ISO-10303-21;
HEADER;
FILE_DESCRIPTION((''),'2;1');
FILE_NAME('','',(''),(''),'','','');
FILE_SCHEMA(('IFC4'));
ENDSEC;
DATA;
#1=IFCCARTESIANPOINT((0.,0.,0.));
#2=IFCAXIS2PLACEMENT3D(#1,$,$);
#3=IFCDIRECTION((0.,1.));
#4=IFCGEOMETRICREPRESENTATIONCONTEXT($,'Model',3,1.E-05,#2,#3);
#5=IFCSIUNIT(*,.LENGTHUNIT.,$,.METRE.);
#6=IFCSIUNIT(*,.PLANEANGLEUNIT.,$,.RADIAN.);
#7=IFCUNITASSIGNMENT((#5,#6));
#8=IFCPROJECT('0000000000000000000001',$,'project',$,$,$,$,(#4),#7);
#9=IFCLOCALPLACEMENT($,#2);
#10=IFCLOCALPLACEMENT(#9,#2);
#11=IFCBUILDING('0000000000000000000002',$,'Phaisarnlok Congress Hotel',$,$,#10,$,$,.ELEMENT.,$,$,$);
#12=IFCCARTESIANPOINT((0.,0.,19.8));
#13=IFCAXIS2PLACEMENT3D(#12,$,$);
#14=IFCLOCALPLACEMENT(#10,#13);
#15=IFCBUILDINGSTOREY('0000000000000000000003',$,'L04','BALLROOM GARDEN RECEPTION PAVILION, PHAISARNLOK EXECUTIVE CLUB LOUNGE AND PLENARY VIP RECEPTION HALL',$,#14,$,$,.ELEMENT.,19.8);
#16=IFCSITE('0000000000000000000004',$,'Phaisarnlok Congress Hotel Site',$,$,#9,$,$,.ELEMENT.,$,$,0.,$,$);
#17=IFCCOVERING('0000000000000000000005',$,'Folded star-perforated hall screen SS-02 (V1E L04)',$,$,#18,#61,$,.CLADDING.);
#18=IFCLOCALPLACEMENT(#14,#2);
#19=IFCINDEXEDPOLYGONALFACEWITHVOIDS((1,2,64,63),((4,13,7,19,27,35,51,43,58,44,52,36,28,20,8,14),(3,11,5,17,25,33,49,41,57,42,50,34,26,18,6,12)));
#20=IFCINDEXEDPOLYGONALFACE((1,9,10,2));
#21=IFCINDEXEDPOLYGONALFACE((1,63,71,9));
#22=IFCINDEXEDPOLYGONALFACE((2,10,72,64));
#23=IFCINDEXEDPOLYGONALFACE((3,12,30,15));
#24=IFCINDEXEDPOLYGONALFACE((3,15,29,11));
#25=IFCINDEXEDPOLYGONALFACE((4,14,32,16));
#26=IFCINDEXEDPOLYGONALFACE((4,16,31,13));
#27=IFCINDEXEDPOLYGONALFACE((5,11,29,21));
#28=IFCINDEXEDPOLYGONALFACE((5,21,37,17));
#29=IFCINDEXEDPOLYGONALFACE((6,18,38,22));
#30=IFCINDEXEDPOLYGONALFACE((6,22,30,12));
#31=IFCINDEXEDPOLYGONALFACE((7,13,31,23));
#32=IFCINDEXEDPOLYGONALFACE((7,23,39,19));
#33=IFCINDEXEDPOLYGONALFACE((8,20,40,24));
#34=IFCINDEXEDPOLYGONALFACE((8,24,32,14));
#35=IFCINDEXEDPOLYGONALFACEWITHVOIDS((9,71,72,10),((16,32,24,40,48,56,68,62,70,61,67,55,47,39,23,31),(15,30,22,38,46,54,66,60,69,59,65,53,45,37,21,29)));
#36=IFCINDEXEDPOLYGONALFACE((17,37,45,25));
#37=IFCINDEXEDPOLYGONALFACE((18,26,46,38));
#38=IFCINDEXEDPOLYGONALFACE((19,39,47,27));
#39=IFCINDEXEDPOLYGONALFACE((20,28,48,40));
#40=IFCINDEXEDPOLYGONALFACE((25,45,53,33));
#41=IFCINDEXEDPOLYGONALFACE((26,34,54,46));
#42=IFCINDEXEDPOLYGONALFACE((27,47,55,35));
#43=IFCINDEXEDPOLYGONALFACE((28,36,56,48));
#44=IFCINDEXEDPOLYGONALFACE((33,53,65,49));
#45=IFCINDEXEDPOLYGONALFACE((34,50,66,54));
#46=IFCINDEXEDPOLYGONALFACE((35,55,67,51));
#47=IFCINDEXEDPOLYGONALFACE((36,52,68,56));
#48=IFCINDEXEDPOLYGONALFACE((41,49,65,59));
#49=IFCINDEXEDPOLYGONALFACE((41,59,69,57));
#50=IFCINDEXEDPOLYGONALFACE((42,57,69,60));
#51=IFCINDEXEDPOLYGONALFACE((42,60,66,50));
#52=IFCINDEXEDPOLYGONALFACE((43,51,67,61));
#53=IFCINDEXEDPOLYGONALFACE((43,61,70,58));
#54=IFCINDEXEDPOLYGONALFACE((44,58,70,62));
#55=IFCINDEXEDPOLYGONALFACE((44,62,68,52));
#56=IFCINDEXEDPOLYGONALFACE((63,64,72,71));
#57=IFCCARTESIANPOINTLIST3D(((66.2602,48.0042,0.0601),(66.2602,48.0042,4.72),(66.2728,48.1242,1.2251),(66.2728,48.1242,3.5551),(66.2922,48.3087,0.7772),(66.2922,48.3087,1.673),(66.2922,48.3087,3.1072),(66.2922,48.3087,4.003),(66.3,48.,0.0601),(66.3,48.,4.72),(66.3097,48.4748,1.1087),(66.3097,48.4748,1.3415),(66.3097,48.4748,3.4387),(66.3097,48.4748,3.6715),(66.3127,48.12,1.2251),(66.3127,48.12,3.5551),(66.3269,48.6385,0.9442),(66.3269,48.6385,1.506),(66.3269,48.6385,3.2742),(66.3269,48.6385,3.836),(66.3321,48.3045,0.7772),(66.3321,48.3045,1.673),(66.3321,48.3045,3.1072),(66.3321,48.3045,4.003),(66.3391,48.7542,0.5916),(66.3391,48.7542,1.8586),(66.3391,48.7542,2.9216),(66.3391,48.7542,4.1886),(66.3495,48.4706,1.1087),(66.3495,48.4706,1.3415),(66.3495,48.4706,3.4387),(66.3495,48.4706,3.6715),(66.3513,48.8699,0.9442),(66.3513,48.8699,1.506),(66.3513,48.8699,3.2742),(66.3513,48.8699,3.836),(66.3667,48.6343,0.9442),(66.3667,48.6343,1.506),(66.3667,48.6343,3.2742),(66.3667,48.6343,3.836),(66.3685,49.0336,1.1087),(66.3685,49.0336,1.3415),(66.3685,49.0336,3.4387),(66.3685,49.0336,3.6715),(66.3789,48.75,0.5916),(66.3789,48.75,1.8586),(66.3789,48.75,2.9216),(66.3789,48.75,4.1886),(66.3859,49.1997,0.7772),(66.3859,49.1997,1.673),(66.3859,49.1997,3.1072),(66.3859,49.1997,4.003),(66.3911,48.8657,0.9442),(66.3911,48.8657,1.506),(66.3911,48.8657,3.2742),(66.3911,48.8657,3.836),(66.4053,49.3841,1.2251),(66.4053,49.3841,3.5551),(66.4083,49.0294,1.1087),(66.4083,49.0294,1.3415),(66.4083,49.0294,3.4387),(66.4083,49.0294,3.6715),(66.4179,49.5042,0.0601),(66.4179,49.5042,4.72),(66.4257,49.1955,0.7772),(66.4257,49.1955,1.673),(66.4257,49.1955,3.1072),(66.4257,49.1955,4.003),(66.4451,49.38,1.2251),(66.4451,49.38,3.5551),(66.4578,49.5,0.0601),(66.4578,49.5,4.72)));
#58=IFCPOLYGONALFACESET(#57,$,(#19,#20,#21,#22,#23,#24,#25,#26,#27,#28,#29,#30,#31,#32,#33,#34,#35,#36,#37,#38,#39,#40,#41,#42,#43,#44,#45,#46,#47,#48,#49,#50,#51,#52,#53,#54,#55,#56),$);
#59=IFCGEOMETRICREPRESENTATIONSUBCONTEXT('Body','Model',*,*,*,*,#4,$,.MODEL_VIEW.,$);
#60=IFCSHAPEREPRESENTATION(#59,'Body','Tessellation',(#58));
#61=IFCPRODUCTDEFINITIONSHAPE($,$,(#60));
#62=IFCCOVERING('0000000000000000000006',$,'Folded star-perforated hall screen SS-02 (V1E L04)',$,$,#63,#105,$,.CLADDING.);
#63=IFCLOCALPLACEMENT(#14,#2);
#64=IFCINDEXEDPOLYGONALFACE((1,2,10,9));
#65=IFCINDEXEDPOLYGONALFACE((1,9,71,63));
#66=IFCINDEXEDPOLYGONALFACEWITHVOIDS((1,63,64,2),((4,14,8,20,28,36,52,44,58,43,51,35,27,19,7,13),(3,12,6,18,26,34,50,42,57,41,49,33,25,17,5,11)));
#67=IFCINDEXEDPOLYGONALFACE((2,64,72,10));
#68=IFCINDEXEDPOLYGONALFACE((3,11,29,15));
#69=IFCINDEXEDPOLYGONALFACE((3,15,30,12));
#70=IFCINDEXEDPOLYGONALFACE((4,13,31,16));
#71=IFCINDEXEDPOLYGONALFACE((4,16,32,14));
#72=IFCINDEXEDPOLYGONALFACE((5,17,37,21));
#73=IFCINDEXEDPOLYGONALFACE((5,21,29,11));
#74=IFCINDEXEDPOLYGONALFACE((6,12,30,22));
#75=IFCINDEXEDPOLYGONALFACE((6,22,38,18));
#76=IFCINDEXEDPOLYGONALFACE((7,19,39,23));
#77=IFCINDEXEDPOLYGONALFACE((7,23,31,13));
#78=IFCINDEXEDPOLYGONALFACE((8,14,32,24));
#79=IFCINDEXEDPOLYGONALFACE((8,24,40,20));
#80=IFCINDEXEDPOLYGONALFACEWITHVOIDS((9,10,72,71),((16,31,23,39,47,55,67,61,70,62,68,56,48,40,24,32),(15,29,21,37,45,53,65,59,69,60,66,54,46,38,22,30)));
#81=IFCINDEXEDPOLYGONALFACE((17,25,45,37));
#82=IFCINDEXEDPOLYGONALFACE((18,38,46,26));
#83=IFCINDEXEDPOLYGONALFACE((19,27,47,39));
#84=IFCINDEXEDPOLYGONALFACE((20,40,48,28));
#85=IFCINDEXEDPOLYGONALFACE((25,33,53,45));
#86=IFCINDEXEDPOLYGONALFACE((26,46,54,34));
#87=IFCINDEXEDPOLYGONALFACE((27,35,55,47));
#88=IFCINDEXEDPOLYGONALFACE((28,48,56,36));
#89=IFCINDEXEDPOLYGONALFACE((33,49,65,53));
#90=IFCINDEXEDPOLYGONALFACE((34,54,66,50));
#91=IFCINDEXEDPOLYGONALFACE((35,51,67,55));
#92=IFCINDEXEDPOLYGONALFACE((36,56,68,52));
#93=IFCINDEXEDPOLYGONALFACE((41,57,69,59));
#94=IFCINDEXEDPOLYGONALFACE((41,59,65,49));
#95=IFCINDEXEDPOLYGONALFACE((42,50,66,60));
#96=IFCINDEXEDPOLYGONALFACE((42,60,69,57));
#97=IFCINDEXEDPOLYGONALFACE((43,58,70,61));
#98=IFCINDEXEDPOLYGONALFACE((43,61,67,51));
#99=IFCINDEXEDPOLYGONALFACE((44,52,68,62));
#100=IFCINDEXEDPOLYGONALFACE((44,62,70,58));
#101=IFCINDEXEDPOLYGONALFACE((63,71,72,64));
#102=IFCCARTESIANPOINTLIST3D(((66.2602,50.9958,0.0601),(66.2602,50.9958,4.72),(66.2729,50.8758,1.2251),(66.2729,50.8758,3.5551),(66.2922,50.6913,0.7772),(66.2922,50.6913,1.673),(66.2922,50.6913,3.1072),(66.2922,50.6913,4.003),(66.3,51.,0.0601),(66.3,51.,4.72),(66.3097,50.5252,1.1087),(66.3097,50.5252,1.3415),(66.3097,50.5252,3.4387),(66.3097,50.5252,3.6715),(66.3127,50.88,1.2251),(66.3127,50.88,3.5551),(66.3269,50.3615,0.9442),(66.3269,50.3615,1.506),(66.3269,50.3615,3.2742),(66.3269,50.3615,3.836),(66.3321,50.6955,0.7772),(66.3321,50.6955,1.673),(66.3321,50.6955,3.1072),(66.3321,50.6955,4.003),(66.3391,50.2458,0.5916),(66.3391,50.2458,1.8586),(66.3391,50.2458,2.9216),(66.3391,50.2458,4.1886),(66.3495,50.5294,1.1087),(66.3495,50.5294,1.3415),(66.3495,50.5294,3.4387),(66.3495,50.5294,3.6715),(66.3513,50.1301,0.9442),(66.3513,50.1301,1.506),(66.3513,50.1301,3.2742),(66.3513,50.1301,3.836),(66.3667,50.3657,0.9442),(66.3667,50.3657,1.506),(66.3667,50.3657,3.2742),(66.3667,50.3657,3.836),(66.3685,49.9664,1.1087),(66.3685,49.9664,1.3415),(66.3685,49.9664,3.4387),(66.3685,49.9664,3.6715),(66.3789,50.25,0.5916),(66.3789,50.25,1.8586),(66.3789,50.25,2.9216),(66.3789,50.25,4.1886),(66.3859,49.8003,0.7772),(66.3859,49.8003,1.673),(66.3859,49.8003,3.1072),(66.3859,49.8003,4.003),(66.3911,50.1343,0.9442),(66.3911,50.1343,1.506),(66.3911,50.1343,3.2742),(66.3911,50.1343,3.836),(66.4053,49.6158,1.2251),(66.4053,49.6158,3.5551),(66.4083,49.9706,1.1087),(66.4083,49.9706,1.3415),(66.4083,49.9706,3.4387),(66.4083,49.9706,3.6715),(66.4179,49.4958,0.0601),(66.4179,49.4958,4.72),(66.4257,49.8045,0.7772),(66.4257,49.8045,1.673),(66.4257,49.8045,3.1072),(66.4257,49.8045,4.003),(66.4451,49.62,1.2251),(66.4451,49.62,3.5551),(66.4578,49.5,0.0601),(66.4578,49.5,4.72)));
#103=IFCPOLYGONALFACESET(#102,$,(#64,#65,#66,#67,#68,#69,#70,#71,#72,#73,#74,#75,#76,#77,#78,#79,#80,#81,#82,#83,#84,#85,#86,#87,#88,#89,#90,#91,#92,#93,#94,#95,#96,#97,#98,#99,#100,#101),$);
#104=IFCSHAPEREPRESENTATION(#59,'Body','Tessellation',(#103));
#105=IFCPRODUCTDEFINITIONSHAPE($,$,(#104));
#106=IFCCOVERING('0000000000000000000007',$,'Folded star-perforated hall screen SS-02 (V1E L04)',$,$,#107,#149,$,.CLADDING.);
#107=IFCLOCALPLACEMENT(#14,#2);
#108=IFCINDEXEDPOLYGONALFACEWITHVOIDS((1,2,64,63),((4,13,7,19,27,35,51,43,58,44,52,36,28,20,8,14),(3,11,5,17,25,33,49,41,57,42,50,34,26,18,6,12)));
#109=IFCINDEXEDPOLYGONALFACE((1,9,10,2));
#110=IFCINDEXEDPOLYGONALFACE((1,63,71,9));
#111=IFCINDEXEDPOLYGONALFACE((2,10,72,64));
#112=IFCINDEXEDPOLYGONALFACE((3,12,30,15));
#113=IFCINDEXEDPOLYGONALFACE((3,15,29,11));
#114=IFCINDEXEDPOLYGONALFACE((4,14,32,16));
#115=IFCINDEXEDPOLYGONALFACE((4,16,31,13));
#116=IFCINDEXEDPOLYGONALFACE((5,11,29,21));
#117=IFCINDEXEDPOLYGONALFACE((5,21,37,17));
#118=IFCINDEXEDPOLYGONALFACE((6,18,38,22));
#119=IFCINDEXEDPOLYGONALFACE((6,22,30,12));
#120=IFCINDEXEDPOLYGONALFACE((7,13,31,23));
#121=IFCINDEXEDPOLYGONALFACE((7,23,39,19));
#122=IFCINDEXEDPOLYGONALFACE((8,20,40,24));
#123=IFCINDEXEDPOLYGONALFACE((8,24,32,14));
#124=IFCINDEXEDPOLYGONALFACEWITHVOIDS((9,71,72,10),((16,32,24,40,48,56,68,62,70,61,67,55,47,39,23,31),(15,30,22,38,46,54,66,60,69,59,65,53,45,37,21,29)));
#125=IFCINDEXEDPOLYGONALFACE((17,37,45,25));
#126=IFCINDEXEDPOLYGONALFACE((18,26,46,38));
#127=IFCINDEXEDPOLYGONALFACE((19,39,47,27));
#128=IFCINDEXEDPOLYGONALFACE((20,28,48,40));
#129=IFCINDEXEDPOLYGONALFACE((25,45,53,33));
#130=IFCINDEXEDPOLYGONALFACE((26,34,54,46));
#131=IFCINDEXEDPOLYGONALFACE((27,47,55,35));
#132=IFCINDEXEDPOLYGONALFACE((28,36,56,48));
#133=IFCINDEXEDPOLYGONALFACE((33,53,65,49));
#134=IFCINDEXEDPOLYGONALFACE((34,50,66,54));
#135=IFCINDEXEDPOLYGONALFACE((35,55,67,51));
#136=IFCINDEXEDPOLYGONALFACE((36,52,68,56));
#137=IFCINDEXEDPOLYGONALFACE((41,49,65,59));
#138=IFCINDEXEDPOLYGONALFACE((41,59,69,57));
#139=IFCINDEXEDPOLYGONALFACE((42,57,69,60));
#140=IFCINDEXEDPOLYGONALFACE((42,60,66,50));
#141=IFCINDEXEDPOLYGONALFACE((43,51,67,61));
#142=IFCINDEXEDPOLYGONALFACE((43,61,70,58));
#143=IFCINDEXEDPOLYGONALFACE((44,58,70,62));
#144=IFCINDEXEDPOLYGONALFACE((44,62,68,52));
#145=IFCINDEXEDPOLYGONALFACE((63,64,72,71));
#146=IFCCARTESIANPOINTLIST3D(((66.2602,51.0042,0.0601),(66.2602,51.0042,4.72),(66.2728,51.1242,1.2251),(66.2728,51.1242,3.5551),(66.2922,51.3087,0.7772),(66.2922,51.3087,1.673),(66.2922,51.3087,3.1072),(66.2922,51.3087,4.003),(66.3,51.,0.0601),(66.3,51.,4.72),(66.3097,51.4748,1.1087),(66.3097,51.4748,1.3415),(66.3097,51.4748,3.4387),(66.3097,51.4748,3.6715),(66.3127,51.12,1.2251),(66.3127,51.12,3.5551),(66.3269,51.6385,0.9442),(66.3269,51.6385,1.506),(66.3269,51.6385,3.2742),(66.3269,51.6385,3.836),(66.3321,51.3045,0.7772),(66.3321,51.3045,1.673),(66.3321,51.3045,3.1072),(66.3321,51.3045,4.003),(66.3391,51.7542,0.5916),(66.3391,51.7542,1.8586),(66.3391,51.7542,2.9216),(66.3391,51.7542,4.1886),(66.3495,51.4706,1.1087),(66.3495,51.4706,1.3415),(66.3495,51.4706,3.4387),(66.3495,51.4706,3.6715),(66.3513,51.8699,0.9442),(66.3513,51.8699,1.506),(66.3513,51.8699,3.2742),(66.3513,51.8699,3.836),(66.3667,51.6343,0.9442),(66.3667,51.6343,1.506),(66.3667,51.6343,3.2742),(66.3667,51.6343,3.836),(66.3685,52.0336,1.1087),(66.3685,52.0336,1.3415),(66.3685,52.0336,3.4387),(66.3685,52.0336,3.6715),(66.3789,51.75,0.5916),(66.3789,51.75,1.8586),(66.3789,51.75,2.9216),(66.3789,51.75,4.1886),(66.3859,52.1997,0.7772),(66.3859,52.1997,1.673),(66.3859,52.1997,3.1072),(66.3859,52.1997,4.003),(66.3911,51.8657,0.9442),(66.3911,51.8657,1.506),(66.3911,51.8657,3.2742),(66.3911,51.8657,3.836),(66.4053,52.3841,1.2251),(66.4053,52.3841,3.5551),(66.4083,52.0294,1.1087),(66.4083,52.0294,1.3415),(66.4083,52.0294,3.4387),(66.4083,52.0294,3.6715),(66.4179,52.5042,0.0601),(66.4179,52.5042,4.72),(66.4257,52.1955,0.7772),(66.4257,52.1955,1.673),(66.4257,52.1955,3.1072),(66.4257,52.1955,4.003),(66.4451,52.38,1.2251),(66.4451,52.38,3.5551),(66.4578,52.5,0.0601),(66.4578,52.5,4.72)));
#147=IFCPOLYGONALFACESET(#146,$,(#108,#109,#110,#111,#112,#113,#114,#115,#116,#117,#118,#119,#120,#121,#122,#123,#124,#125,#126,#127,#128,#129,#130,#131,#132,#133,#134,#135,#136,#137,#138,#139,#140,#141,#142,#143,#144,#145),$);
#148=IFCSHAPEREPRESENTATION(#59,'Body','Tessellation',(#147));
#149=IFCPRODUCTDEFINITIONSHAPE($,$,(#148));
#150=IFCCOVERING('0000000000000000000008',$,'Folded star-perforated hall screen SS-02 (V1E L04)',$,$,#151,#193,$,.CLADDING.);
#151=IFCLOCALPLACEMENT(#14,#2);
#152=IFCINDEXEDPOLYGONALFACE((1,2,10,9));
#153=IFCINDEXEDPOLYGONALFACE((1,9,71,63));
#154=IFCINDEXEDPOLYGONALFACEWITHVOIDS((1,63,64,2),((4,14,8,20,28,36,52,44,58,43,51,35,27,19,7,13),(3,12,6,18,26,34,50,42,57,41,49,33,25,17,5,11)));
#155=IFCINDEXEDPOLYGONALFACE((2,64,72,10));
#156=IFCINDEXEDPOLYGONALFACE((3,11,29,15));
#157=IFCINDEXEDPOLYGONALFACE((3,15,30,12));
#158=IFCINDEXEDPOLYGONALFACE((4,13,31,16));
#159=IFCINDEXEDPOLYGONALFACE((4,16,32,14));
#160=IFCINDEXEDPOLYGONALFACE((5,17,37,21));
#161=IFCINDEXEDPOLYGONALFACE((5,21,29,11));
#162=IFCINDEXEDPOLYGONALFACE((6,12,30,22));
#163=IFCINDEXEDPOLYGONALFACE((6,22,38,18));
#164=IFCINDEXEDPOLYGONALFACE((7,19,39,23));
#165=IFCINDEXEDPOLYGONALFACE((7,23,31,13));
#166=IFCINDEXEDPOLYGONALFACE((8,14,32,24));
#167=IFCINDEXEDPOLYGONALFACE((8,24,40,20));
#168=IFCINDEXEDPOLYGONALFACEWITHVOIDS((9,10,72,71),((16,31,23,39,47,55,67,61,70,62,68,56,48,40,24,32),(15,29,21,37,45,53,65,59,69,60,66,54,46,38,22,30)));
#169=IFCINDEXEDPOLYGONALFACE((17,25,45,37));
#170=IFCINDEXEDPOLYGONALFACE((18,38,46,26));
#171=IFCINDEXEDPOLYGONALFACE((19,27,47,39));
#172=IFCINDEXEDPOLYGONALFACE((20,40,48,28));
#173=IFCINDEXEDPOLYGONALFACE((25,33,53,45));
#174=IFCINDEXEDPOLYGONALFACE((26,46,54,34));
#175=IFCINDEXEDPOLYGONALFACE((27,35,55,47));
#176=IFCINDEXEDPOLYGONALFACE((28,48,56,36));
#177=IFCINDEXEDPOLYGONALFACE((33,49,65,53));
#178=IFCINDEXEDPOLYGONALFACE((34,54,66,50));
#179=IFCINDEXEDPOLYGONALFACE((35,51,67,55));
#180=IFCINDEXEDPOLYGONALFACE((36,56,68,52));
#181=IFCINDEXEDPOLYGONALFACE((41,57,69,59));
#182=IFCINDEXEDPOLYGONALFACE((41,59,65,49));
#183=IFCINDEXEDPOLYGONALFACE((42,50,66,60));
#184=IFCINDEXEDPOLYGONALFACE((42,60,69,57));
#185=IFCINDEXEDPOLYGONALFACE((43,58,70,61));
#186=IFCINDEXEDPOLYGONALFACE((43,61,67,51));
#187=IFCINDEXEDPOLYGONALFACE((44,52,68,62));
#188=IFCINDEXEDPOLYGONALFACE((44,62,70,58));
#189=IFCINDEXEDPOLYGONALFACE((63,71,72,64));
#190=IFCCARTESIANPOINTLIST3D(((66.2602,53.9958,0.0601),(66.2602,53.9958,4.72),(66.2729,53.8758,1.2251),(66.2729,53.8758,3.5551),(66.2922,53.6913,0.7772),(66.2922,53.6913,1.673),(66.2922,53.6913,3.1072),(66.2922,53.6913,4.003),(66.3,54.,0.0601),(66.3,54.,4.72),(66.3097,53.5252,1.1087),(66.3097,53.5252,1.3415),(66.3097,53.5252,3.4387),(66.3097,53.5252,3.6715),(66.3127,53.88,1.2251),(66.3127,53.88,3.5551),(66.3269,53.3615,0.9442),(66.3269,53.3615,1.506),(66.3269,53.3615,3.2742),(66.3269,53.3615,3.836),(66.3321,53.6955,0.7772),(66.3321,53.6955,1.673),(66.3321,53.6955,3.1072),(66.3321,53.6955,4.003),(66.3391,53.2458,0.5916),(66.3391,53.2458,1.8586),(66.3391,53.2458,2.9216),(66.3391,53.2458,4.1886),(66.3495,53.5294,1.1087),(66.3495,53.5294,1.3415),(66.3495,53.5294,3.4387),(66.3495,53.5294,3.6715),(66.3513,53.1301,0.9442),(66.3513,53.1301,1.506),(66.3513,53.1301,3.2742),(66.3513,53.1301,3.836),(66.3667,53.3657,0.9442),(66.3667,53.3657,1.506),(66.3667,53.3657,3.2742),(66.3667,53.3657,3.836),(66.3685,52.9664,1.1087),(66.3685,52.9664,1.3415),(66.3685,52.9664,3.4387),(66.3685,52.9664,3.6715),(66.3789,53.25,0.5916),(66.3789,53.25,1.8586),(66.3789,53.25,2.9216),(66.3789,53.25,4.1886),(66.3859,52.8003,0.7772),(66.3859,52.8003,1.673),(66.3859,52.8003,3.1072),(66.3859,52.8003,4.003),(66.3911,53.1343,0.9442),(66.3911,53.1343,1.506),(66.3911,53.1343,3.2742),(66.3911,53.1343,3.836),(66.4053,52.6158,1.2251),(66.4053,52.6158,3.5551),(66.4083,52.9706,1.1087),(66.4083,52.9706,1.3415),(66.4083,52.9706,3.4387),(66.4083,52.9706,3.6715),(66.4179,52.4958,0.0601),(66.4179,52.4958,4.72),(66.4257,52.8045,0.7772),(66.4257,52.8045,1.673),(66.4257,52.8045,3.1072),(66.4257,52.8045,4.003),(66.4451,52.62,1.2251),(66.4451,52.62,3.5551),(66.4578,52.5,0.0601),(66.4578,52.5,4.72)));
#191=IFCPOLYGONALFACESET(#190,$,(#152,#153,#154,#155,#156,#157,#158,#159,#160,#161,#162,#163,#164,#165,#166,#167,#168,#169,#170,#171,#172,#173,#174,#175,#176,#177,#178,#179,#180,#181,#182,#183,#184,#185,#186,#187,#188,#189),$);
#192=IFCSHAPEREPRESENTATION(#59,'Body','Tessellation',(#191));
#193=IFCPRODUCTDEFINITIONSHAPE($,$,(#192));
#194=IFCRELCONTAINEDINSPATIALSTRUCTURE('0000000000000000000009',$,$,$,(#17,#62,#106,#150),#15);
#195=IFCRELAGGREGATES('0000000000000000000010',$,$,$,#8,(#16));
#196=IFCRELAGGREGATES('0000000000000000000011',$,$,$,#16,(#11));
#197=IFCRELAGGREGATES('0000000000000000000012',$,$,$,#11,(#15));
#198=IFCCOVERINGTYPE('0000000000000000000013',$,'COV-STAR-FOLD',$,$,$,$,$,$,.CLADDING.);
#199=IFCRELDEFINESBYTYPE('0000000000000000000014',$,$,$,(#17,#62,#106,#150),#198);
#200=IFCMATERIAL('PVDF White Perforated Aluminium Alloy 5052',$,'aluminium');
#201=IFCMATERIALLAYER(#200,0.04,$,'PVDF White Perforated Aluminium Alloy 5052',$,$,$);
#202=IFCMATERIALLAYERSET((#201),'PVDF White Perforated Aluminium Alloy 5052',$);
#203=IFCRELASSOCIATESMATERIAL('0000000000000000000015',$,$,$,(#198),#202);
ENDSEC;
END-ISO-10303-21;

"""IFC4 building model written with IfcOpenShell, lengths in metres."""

from ifc_helpers import new_model, si_unit, direction, frame, origin, place, context, subcontext, project, spatial, polyline, outline, extrude, material, layer, layer_set, type_object, element, save


model = new_model("IFC4")

# Units and contexts
model_context = context("Model", 3, precision=1e-05, world=origin(), true_north=direction((0.0, 1.0)))
body_context = subcontext(model_context, "Body", "Model", "MODEL_VIEW")
ifc_project = project(units=[si_unit("LENGTHUNIT", "METRE"), si_unit("PLANEANGLEUNIT", "RADIAN")], contexts=[model_context])

# Site, building, storey
site_placement = place(None, origin())
site = spatial("IfcSite", under=ifc_project, at=site_placement, Name="Phaisarnlok Congress Hotel Site", CompositionType="ELEMENT", RefElevation=0.0)
building_placement = place(site_placement, origin())
building = spatial("IfcBuilding", under=site, at=building_placement, Name="Phaisarnlok Congress Hotel", CompositionType="ELEMENT")
storey_placement = place(building_placement, frame((0.0, 0.0, 19.8)))
storey = spatial("IfcBuildingStorey", under=building, at=storey_placement, Name="L04", Description="BALLROOM GARDEN RECEPTION PAVILION, PHAISARNLOK EXECUTIVE CLUB LOUNGE AND PLENARY VIP RECEPTION HALL", CompositionType="ELEMENT", Elevation=19.8)

# Coverings
ifc_material_1 = material(Name="PVDF White Perforated Aluminium Alloy 5052", Category="aluminium")
ifc_layer_1 = layer(ifc_material_1, 0.04, Name="PVDF White Perforated Aluminium Alloy 5052")
ifc_layer_set_1 = layer_set([ifc_layer_1], Name="PVDF White Perforated Aluminium Alloy 5052")
covering_type = type_object("IfcCoveringType", Name="COV-STAR-FOLD", PredefinedType="CLADDING", material=ifc_layer_set_1)
for number, where, z_axis, x_axis, name in (
    (1, (66.4578, 49.5, 0.0601), (-0.994518, 0.104567, 0.0), (-0.104567, -0.994518, 0.0), "Folded star-perforated hall screen SS-02 (V1E L04)"),
    (2, (66.3, 51.0, 0.0601), (-0.994518, -0.104567, 0.0), (0.104567, -0.994518, 0.0), "Folded star-perforated hall screen SS-02 (V1E L04)"),
    (3, (66.4578, 52.5, 0.0601), (-0.994518, 0.104567, 0.0), (-0.104567, -0.994518, 0.0), "Folded star-perforated hall screen SS-02 (V1E L04)"),
    (4, (66.3, 54.0, 0.0601), (-0.994518, -0.104567, 0.0), (0.104567, -0.994518, 0.0), "Folded star-perforated hall screen SS-02 (V1E L04)"),
):
    element("IfcCovering", number, at=place(storey_placement, frame(where, z_axis=z_axis, x_axis=x_axis)), inside=storey, type_object=covering_type, Name=name, PredefinedType="CLADDING", context=body_context, shape_type="SweptSolid", body=[
        extrude(outline(polyline([(0.0, 0.0), (1.5083, 0.0), (1.5083, 4.6599), (0.0, 4.6599), (0.0, 0.0)]), holes=[polyline([(1.0351, 1.0486), (1.2021, 0.7171), (0.8705, 0.8841), (0.7541, 0.5315), (0.6378, 0.8841), (0.3062, 0.7171), (0.4732, 1.0486), (0.1207, 1.165), (0.4732, 1.2814), (0.3062, 1.6129), (0.6378, 1.4459), (0.7541, 1.7985), (0.8705, 1.4459), (1.2021, 1.6129), (1.0351, 1.2814), (1.3876, 1.165), (1.0351, 1.0486)]), polyline([(1.0351, 3.3786), (1.2021, 3.0471), (0.8705, 3.2141), (0.7541, 2.8615), (0.6378, 3.2141), (0.3062, 3.0471), (0.4732, 3.3786), (0.1207, 3.495), (0.4732, 3.6114), (0.3062, 3.9429), (0.6378, 3.7759), (0.7541, 4.1285), (0.8705, 3.7759), (1.2021, 3.9429), (1.0351, 3.6114), (1.3876, 3.495), (1.0351, 3.3786)])]), origin(), (0.0, 0.0, 1.0), 0.04),
    ])

save(model, "model.ifc")
